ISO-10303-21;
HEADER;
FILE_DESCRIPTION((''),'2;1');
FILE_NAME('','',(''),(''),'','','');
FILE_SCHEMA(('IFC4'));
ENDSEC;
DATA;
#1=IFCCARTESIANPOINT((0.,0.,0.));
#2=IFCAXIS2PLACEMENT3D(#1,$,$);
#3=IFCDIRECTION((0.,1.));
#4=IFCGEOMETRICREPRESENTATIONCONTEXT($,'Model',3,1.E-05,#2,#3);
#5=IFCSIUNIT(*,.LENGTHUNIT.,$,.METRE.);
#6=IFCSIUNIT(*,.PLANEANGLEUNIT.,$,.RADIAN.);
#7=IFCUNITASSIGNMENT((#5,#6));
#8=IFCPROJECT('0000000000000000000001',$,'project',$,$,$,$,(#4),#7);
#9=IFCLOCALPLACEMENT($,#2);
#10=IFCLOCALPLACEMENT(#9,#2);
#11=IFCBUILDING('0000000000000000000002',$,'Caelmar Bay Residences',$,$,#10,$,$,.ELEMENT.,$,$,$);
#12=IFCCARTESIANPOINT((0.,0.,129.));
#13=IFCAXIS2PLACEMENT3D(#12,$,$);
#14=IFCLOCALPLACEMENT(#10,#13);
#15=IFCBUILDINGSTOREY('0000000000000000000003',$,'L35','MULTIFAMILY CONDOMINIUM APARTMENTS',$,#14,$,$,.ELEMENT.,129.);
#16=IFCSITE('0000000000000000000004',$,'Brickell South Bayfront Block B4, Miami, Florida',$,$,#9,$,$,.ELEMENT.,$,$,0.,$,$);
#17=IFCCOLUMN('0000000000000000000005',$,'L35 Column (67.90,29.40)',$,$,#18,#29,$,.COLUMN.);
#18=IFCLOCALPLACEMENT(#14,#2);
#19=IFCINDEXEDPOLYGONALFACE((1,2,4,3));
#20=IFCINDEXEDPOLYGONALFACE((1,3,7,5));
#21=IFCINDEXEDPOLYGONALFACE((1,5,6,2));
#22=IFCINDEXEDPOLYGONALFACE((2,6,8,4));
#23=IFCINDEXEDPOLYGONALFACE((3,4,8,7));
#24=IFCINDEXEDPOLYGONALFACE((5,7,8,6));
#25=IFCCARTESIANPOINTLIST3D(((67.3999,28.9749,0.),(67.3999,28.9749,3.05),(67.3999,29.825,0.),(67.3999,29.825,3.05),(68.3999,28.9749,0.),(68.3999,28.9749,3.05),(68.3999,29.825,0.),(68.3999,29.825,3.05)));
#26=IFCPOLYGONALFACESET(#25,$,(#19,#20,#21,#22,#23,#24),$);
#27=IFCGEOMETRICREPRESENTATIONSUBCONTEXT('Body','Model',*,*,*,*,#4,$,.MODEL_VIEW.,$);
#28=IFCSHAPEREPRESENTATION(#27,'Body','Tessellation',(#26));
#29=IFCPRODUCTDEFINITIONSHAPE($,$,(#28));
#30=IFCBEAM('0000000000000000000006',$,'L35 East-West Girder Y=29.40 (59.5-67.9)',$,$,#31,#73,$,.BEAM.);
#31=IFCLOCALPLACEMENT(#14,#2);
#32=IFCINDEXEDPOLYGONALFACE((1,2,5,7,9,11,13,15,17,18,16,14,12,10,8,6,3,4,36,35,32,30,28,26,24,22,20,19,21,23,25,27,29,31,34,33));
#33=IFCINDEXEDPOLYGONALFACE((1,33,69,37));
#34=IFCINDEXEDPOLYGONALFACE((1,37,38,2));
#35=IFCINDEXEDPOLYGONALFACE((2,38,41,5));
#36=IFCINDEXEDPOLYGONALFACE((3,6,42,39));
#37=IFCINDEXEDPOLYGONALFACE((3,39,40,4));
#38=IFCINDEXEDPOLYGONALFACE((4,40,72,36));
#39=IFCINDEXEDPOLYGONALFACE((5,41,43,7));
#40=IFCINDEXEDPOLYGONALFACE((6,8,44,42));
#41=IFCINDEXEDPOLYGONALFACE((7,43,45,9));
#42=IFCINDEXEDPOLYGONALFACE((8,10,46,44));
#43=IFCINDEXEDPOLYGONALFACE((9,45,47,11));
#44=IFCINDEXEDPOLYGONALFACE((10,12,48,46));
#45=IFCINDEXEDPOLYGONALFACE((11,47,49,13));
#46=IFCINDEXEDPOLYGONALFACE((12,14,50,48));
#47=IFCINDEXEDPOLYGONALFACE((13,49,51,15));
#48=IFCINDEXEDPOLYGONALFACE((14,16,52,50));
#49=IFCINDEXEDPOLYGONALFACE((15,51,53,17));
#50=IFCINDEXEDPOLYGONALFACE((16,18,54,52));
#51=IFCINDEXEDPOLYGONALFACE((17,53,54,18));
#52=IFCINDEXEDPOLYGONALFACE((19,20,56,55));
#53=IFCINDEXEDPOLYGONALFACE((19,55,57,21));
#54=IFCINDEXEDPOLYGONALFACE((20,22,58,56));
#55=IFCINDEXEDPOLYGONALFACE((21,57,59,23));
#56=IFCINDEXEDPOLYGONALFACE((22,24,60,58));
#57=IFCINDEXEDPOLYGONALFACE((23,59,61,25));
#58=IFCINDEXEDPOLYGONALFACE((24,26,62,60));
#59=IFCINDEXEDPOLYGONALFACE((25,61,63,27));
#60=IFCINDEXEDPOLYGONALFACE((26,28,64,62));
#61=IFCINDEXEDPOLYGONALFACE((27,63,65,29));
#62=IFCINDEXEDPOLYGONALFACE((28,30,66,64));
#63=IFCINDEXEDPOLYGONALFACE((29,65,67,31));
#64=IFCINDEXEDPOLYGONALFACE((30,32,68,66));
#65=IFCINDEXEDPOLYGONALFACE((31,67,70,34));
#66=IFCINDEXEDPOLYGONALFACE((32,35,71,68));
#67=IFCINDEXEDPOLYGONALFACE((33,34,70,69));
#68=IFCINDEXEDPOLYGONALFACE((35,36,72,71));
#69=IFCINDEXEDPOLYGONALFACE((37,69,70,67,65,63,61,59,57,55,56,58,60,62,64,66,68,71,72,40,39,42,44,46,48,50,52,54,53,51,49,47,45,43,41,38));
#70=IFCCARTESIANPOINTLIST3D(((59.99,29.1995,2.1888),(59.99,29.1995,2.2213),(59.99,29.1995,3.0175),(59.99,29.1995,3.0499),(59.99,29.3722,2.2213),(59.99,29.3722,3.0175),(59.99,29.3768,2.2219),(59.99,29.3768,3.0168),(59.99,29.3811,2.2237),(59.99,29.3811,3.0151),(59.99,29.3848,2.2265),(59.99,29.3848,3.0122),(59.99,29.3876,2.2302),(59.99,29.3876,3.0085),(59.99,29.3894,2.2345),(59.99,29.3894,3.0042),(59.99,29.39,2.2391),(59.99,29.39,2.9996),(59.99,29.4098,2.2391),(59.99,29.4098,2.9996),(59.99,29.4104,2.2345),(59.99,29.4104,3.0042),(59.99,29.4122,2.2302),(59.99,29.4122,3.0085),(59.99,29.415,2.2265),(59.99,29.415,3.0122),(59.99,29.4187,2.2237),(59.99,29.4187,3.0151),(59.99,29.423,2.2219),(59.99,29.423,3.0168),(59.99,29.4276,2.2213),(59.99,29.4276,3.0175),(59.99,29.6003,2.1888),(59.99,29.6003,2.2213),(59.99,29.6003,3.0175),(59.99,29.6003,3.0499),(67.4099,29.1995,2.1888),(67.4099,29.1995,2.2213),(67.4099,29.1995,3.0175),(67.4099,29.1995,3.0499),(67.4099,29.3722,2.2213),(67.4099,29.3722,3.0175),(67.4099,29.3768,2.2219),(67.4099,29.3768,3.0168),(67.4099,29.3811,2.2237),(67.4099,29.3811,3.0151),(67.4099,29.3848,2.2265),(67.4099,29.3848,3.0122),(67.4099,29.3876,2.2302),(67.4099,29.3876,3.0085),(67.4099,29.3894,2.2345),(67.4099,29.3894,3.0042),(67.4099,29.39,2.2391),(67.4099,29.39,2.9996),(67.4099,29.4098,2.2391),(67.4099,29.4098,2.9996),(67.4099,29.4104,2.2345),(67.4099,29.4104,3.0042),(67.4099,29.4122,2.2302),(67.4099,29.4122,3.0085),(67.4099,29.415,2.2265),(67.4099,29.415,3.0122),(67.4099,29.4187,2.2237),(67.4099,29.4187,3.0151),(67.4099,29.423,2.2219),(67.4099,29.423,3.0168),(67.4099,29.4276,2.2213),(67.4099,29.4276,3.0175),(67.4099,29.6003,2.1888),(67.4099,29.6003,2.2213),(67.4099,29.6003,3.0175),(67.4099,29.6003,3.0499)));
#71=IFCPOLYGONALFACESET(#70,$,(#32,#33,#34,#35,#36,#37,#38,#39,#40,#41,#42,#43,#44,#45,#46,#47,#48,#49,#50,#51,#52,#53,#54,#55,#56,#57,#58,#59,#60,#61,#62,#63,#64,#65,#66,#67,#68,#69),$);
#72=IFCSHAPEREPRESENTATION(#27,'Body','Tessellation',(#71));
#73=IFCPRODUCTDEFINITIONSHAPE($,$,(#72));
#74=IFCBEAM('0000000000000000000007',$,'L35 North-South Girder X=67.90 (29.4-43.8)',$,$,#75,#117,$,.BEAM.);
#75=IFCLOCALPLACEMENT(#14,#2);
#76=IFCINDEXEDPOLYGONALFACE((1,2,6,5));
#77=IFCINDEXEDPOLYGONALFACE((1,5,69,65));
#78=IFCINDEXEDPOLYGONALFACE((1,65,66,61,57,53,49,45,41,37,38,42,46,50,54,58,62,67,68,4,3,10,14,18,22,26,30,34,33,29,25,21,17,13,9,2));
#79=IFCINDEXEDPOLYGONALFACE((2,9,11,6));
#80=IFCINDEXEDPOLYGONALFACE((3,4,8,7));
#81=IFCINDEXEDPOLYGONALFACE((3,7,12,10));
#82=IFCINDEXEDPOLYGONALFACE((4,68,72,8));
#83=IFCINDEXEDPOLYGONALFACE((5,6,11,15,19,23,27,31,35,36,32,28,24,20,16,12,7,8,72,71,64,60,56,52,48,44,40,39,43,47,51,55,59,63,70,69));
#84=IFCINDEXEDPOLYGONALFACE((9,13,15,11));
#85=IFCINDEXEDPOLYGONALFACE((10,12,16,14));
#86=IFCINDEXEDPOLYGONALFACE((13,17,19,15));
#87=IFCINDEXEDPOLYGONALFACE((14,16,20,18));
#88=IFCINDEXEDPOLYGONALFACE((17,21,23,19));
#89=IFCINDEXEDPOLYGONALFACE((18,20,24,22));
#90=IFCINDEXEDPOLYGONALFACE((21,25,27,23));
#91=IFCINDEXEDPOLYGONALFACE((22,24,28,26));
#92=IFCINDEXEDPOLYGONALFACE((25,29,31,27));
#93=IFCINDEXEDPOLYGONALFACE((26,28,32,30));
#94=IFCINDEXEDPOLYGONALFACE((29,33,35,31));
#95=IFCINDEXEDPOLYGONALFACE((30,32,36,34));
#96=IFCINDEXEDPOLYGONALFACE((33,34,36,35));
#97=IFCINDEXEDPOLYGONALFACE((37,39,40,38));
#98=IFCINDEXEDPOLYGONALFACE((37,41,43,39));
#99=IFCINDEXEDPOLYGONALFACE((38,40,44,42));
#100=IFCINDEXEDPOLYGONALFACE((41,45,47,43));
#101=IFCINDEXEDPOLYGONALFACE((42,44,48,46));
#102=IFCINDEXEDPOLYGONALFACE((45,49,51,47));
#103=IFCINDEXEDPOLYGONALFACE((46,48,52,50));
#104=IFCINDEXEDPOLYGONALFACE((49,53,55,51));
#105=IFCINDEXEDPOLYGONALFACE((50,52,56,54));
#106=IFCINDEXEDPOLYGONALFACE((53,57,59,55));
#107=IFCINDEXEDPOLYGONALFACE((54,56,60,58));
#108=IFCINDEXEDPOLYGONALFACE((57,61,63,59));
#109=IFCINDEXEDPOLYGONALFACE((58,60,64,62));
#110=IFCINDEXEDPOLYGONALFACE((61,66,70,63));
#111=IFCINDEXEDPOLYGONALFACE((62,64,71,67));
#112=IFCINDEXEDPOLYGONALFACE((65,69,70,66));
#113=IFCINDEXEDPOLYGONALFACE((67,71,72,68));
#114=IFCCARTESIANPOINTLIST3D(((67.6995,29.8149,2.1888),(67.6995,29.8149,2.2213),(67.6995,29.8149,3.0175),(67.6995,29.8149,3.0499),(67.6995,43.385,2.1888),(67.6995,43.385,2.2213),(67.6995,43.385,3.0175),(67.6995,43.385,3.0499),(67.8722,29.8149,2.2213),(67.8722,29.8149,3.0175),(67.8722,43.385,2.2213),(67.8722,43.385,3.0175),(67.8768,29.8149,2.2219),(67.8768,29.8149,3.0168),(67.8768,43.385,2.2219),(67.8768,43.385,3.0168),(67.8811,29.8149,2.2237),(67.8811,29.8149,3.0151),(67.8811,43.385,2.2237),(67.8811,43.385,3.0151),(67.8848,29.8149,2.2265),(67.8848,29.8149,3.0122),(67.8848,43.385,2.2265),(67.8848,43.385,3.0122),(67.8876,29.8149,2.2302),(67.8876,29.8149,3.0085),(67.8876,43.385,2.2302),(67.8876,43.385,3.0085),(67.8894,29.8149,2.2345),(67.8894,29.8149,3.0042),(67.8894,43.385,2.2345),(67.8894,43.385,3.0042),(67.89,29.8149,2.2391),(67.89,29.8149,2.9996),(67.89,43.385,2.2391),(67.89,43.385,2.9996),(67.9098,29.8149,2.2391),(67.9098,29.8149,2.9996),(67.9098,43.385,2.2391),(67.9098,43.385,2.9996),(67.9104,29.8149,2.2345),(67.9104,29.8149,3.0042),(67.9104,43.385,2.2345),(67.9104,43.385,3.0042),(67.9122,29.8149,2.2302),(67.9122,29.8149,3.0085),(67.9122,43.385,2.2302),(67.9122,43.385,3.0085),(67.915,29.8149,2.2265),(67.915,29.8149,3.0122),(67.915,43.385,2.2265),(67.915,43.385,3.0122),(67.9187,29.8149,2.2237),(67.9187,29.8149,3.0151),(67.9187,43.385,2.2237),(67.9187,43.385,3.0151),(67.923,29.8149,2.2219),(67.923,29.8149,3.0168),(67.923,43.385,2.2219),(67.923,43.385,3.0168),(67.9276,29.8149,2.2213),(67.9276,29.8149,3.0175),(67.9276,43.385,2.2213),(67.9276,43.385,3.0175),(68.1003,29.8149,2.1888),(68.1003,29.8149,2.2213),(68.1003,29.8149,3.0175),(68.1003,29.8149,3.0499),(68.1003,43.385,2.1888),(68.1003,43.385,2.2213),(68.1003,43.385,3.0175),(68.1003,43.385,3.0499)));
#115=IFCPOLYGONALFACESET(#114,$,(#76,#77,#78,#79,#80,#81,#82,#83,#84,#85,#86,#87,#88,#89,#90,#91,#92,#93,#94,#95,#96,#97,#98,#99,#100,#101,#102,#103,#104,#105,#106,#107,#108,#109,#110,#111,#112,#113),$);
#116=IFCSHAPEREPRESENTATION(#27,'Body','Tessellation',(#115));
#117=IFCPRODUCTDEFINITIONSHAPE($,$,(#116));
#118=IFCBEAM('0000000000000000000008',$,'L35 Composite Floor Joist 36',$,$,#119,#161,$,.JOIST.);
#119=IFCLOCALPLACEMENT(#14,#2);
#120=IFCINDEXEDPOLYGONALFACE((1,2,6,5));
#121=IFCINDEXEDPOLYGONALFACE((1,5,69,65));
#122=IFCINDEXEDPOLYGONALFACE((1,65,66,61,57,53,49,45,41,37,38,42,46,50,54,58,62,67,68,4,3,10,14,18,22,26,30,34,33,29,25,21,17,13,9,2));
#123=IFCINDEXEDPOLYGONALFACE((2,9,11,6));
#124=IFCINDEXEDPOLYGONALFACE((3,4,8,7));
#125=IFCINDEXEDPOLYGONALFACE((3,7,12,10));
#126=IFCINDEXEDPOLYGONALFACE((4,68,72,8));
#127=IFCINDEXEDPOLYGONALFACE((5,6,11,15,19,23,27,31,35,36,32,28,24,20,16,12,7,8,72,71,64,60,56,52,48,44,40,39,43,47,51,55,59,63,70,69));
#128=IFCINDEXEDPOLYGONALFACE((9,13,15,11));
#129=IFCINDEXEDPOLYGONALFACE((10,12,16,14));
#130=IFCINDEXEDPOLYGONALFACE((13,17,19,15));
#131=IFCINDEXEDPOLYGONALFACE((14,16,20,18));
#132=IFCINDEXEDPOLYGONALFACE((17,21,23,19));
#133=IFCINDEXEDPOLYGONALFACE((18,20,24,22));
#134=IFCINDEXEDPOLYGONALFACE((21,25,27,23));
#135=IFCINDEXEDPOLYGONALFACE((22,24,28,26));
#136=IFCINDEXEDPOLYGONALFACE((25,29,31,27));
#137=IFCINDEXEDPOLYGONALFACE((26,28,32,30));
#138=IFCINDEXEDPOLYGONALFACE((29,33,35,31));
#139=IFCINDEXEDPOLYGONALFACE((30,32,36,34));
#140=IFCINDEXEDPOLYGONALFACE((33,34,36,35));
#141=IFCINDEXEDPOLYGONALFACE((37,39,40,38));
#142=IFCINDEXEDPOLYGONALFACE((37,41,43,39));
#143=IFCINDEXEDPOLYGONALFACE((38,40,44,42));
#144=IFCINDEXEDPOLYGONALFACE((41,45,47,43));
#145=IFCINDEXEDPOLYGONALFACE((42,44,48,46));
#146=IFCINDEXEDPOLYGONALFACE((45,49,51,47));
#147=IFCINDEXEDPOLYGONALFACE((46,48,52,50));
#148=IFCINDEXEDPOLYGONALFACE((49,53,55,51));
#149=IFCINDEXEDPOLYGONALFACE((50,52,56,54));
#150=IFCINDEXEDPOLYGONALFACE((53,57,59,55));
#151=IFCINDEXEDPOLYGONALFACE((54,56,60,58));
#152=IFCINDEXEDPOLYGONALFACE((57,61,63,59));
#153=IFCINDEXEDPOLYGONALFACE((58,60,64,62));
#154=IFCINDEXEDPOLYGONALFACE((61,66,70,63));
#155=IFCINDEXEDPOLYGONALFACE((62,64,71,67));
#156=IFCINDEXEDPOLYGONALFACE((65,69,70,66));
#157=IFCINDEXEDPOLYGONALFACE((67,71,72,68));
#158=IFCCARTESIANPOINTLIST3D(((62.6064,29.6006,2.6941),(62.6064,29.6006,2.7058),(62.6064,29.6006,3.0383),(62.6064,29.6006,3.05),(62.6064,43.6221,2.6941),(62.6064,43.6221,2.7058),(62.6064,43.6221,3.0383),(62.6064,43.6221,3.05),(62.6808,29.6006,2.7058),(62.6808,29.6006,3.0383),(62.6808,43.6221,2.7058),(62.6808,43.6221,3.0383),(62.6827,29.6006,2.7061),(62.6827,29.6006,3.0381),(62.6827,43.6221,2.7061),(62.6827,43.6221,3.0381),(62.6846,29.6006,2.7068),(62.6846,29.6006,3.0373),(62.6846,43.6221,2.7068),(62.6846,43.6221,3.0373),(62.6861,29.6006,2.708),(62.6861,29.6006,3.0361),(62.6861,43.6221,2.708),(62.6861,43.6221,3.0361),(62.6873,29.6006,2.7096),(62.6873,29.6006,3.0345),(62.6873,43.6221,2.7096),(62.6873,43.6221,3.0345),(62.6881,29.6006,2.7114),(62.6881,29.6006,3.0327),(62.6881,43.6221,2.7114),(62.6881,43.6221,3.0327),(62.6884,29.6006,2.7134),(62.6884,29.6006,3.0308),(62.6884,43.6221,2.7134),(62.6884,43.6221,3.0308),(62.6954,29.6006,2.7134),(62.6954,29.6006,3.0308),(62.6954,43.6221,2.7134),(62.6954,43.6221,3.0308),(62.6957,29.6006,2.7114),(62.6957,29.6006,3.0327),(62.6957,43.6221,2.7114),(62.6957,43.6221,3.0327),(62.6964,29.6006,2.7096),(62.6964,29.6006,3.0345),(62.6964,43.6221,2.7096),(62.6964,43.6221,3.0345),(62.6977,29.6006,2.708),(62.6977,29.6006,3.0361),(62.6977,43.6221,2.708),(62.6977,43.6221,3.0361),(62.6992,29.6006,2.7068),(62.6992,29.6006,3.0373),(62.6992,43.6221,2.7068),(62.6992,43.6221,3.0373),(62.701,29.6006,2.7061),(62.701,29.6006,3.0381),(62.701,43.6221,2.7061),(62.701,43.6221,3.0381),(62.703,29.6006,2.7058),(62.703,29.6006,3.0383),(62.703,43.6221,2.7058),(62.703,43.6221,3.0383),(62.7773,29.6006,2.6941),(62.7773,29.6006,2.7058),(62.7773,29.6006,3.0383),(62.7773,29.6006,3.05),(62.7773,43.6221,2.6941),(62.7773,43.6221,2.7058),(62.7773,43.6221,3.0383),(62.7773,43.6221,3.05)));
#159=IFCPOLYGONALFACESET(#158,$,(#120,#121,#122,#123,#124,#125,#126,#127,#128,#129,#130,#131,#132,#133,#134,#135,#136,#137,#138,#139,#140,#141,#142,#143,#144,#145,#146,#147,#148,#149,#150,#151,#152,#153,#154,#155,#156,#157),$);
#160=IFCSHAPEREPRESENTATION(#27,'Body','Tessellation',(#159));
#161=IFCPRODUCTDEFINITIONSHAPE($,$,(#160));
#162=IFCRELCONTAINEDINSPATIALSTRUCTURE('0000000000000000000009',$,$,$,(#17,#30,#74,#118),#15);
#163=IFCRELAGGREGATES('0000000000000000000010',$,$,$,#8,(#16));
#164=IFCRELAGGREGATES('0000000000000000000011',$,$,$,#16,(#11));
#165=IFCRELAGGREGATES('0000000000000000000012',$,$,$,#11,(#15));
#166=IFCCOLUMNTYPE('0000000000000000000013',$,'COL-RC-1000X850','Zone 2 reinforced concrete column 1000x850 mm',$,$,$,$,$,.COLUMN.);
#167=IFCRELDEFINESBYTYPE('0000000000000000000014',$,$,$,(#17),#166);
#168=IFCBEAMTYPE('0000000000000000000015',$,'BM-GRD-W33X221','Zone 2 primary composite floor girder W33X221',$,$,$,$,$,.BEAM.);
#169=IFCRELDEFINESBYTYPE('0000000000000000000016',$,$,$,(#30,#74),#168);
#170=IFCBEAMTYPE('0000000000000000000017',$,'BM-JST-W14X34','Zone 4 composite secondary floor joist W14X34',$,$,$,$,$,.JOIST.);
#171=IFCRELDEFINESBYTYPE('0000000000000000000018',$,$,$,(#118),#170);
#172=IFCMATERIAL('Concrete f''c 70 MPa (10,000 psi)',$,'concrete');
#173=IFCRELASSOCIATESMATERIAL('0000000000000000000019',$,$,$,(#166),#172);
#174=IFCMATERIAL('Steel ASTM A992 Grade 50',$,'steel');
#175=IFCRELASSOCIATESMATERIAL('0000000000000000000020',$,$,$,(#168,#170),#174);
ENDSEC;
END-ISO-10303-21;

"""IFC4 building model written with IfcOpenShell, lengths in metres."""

from ifc_helpers import new_model, si_unit, direction, frame, origin, origin_2d, place, context, subcontext, project, spatial, rectangle, i_section, extrude, material, material_profile, profile_set, type_object, element, save


model = new_model("IFC4")

# Units and contexts
model_context = context("Model", 3, precision=1e-05, world=origin(), true_north=direction((0.0, 1.0)))
body_context = subcontext(model_context, "Body", "Model", "MODEL_VIEW")
ifc_project = project(units=[si_unit("LENGTHUNIT", "METRE"), si_unit("PLANEANGLEUNIT", "RADIAN")], contexts=[model_context])

# Site, building, storey
site_placement = place(None, origin())
site = spatial("IfcSite", under=ifc_project, at=site_placement, Name="Brickell South Bayfront Block B4, Miami, Florida", CompositionType="ELEMENT", RefElevation=0.0)
building_placement = place(site_placement, origin())
building = spatial("IfcBuilding", under=site, at=building_placement, Name="Caelmar Bay Residences", CompositionType="ELEMENT")
storey_placement = place(building_placement, frame((0.0, 0.0, 129.0)))
storey = spatial("IfcBuildingStorey", under=building, at=storey_placement, Name="L35", Description="MULTIFAMILY CONDOMINIUM APARTMENTS", CompositionType="ELEMENT", Elevation=129.0)

# Column
ifc_material_1 = material(Name="Concrete f'c 70 MPa (10,000 psi)", Category="concrete")
ifc_material_profile_1 = material_profile(ifc_material_1, rectangle(XDim=1.0, YDim=0.8501, at=origin_2d()), Name="RC-COL-1000X850")
ifc_profile_set_1 = profile_set([ifc_material_profile_1], Name="Concrete f'c 70 MPa (10,000 psi)")
column_type = type_object("IfcColumnType", Name="COL-RC-1000X850", Description="Zone 2 reinforced concrete column 1000x850 mm", PredefinedType="COLUMN", material=ifc_profile_set_1)
column_placement = place(storey_placement, frame((67.8999, 29.3999, 0.0), z_axis=(0.0, 0.0, 1.0), x_axis=(1.0, 0.0, 0.0)))
element("IfcColumn", 1, at=column_placement, inside=storey, type_object=column_type, Name="L35 Column (67.90,29.40)", PredefinedType="COLUMN", context=body_context, shape_type="SweptSolid", body=[
    extrude(rectangle(XDim=1.0, YDim=0.8501, at=origin_2d()), origin(), (0.0, 0.0, 1.0), 3.05),
])

# Beams
ifc_material_2 = material(Name="Steel ASTM A992 Grade 50", Category="steel")
ifc_material_profile_2 = material_profile(ifc_material_2, i_section(OverallWidth=0.4009, OverallDepth=0.8611, WebThickness=0.0198, FlangeThickness=0.0325, FilletRadius=0.0178, at=origin_2d()), Name="W33X221")
ifc_profile_set_2 = profile_set([ifc_material_profile_2], Name="Steel ASTM A992 Grade 50")
beam_type_1 = type_object("IfcBeamType", Name="BM-GRD-W33X221", Description="Zone 2 primary composite floor girder W33X221", PredefinedType="BEAM", material=ifc_profile_set_2)
beam_1_placement = place(storey_placement, frame((59.99, 29.3999, 2.6194), z_axis=(1.0, 0.0, 0.0), x_axis=(0.0, 1.0, 0.0)))
element("IfcBeam", 2, at=beam_1_placement, inside=storey, type_object=beam_type_1, Name="L35 East-West Girder Y=29.40 (59.5-67.9)", PredefinedType="BEAM", context=body_context, shape_type="SweptSolid", body=[
    extrude(i_section(OverallWidth=0.4009, OverallDepth=0.8611, WebThickness=0.0198, FlangeThickness=0.0325, FilletRadius=0.0178, at=origin_2d()), origin(), (0.0, 0.0, 1.0), 7.4199),
])
beam_2_placement = place(storey_placement, frame((67.8999, 29.8149, 2.6194), z_axis=(0.0, 1.0, 0.0), x_axis=(-1.0, 0.0, 0.0)))
element("IfcBeam", 3, at=beam_2_placement, inside=storey, type_object=beam_type_1, Name="L35 North-South Girder X=67.90 (29.4-43.8)", PredefinedType="BEAM", context=body_context, shape_type="SweptSolid", body=[
    extrude(i_section(OverallWidth=0.4009, OverallDepth=0.8611, WebThickness=0.0198, FlangeThickness=0.0325, FilletRadius=0.0178, at=origin_2d()), origin(), (0.0, 0.0, 1.0), 13.5701),
])
ifc_material_profile_3 = material_profile(ifc_material_2, i_section(OverallWidth=0.1709, OverallDepth=0.356, WebThickness=0.0071, FlangeThickness=0.0117, FilletRadius=0.0076, at=origin_2d()), Name="W14X34")
ifc_profile_set_3 = profile_set([ifc_material_profile_3], Name="Steel ASTM A992 Grade 50")
beam_type_2 = type_object("IfcBeamType", Name="BM-JST-W14X34", Description="Zone 4 composite secondary floor joist W14X34", PredefinedType="JOIST", material=ifc_profile_set_3)
beam_3_placement = place(storey_placement, frame((62.6919, 29.6006, 2.8721), z_axis=(0.0, 1.0, 0.0), x_axis=(-1.0, 0.0, 0.0)))
element("IfcBeam", 4, at=beam_3_placement, inside=storey, type_object=beam_type_2, Name="L35 Composite Floor Joist 36", PredefinedType="JOIST", context=body_context, shape_type="SweptSolid", body=[
    extrude(i_section(OverallWidth=0.1709, OverallDepth=0.356, WebThickness=0.0071, FlangeThickness=0.0117, FilletRadius=0.0076, at=origin_2d()), origin(), (0.0, 0.0, 1.0), 14.0215),
])

save(model, "model.ifc")
